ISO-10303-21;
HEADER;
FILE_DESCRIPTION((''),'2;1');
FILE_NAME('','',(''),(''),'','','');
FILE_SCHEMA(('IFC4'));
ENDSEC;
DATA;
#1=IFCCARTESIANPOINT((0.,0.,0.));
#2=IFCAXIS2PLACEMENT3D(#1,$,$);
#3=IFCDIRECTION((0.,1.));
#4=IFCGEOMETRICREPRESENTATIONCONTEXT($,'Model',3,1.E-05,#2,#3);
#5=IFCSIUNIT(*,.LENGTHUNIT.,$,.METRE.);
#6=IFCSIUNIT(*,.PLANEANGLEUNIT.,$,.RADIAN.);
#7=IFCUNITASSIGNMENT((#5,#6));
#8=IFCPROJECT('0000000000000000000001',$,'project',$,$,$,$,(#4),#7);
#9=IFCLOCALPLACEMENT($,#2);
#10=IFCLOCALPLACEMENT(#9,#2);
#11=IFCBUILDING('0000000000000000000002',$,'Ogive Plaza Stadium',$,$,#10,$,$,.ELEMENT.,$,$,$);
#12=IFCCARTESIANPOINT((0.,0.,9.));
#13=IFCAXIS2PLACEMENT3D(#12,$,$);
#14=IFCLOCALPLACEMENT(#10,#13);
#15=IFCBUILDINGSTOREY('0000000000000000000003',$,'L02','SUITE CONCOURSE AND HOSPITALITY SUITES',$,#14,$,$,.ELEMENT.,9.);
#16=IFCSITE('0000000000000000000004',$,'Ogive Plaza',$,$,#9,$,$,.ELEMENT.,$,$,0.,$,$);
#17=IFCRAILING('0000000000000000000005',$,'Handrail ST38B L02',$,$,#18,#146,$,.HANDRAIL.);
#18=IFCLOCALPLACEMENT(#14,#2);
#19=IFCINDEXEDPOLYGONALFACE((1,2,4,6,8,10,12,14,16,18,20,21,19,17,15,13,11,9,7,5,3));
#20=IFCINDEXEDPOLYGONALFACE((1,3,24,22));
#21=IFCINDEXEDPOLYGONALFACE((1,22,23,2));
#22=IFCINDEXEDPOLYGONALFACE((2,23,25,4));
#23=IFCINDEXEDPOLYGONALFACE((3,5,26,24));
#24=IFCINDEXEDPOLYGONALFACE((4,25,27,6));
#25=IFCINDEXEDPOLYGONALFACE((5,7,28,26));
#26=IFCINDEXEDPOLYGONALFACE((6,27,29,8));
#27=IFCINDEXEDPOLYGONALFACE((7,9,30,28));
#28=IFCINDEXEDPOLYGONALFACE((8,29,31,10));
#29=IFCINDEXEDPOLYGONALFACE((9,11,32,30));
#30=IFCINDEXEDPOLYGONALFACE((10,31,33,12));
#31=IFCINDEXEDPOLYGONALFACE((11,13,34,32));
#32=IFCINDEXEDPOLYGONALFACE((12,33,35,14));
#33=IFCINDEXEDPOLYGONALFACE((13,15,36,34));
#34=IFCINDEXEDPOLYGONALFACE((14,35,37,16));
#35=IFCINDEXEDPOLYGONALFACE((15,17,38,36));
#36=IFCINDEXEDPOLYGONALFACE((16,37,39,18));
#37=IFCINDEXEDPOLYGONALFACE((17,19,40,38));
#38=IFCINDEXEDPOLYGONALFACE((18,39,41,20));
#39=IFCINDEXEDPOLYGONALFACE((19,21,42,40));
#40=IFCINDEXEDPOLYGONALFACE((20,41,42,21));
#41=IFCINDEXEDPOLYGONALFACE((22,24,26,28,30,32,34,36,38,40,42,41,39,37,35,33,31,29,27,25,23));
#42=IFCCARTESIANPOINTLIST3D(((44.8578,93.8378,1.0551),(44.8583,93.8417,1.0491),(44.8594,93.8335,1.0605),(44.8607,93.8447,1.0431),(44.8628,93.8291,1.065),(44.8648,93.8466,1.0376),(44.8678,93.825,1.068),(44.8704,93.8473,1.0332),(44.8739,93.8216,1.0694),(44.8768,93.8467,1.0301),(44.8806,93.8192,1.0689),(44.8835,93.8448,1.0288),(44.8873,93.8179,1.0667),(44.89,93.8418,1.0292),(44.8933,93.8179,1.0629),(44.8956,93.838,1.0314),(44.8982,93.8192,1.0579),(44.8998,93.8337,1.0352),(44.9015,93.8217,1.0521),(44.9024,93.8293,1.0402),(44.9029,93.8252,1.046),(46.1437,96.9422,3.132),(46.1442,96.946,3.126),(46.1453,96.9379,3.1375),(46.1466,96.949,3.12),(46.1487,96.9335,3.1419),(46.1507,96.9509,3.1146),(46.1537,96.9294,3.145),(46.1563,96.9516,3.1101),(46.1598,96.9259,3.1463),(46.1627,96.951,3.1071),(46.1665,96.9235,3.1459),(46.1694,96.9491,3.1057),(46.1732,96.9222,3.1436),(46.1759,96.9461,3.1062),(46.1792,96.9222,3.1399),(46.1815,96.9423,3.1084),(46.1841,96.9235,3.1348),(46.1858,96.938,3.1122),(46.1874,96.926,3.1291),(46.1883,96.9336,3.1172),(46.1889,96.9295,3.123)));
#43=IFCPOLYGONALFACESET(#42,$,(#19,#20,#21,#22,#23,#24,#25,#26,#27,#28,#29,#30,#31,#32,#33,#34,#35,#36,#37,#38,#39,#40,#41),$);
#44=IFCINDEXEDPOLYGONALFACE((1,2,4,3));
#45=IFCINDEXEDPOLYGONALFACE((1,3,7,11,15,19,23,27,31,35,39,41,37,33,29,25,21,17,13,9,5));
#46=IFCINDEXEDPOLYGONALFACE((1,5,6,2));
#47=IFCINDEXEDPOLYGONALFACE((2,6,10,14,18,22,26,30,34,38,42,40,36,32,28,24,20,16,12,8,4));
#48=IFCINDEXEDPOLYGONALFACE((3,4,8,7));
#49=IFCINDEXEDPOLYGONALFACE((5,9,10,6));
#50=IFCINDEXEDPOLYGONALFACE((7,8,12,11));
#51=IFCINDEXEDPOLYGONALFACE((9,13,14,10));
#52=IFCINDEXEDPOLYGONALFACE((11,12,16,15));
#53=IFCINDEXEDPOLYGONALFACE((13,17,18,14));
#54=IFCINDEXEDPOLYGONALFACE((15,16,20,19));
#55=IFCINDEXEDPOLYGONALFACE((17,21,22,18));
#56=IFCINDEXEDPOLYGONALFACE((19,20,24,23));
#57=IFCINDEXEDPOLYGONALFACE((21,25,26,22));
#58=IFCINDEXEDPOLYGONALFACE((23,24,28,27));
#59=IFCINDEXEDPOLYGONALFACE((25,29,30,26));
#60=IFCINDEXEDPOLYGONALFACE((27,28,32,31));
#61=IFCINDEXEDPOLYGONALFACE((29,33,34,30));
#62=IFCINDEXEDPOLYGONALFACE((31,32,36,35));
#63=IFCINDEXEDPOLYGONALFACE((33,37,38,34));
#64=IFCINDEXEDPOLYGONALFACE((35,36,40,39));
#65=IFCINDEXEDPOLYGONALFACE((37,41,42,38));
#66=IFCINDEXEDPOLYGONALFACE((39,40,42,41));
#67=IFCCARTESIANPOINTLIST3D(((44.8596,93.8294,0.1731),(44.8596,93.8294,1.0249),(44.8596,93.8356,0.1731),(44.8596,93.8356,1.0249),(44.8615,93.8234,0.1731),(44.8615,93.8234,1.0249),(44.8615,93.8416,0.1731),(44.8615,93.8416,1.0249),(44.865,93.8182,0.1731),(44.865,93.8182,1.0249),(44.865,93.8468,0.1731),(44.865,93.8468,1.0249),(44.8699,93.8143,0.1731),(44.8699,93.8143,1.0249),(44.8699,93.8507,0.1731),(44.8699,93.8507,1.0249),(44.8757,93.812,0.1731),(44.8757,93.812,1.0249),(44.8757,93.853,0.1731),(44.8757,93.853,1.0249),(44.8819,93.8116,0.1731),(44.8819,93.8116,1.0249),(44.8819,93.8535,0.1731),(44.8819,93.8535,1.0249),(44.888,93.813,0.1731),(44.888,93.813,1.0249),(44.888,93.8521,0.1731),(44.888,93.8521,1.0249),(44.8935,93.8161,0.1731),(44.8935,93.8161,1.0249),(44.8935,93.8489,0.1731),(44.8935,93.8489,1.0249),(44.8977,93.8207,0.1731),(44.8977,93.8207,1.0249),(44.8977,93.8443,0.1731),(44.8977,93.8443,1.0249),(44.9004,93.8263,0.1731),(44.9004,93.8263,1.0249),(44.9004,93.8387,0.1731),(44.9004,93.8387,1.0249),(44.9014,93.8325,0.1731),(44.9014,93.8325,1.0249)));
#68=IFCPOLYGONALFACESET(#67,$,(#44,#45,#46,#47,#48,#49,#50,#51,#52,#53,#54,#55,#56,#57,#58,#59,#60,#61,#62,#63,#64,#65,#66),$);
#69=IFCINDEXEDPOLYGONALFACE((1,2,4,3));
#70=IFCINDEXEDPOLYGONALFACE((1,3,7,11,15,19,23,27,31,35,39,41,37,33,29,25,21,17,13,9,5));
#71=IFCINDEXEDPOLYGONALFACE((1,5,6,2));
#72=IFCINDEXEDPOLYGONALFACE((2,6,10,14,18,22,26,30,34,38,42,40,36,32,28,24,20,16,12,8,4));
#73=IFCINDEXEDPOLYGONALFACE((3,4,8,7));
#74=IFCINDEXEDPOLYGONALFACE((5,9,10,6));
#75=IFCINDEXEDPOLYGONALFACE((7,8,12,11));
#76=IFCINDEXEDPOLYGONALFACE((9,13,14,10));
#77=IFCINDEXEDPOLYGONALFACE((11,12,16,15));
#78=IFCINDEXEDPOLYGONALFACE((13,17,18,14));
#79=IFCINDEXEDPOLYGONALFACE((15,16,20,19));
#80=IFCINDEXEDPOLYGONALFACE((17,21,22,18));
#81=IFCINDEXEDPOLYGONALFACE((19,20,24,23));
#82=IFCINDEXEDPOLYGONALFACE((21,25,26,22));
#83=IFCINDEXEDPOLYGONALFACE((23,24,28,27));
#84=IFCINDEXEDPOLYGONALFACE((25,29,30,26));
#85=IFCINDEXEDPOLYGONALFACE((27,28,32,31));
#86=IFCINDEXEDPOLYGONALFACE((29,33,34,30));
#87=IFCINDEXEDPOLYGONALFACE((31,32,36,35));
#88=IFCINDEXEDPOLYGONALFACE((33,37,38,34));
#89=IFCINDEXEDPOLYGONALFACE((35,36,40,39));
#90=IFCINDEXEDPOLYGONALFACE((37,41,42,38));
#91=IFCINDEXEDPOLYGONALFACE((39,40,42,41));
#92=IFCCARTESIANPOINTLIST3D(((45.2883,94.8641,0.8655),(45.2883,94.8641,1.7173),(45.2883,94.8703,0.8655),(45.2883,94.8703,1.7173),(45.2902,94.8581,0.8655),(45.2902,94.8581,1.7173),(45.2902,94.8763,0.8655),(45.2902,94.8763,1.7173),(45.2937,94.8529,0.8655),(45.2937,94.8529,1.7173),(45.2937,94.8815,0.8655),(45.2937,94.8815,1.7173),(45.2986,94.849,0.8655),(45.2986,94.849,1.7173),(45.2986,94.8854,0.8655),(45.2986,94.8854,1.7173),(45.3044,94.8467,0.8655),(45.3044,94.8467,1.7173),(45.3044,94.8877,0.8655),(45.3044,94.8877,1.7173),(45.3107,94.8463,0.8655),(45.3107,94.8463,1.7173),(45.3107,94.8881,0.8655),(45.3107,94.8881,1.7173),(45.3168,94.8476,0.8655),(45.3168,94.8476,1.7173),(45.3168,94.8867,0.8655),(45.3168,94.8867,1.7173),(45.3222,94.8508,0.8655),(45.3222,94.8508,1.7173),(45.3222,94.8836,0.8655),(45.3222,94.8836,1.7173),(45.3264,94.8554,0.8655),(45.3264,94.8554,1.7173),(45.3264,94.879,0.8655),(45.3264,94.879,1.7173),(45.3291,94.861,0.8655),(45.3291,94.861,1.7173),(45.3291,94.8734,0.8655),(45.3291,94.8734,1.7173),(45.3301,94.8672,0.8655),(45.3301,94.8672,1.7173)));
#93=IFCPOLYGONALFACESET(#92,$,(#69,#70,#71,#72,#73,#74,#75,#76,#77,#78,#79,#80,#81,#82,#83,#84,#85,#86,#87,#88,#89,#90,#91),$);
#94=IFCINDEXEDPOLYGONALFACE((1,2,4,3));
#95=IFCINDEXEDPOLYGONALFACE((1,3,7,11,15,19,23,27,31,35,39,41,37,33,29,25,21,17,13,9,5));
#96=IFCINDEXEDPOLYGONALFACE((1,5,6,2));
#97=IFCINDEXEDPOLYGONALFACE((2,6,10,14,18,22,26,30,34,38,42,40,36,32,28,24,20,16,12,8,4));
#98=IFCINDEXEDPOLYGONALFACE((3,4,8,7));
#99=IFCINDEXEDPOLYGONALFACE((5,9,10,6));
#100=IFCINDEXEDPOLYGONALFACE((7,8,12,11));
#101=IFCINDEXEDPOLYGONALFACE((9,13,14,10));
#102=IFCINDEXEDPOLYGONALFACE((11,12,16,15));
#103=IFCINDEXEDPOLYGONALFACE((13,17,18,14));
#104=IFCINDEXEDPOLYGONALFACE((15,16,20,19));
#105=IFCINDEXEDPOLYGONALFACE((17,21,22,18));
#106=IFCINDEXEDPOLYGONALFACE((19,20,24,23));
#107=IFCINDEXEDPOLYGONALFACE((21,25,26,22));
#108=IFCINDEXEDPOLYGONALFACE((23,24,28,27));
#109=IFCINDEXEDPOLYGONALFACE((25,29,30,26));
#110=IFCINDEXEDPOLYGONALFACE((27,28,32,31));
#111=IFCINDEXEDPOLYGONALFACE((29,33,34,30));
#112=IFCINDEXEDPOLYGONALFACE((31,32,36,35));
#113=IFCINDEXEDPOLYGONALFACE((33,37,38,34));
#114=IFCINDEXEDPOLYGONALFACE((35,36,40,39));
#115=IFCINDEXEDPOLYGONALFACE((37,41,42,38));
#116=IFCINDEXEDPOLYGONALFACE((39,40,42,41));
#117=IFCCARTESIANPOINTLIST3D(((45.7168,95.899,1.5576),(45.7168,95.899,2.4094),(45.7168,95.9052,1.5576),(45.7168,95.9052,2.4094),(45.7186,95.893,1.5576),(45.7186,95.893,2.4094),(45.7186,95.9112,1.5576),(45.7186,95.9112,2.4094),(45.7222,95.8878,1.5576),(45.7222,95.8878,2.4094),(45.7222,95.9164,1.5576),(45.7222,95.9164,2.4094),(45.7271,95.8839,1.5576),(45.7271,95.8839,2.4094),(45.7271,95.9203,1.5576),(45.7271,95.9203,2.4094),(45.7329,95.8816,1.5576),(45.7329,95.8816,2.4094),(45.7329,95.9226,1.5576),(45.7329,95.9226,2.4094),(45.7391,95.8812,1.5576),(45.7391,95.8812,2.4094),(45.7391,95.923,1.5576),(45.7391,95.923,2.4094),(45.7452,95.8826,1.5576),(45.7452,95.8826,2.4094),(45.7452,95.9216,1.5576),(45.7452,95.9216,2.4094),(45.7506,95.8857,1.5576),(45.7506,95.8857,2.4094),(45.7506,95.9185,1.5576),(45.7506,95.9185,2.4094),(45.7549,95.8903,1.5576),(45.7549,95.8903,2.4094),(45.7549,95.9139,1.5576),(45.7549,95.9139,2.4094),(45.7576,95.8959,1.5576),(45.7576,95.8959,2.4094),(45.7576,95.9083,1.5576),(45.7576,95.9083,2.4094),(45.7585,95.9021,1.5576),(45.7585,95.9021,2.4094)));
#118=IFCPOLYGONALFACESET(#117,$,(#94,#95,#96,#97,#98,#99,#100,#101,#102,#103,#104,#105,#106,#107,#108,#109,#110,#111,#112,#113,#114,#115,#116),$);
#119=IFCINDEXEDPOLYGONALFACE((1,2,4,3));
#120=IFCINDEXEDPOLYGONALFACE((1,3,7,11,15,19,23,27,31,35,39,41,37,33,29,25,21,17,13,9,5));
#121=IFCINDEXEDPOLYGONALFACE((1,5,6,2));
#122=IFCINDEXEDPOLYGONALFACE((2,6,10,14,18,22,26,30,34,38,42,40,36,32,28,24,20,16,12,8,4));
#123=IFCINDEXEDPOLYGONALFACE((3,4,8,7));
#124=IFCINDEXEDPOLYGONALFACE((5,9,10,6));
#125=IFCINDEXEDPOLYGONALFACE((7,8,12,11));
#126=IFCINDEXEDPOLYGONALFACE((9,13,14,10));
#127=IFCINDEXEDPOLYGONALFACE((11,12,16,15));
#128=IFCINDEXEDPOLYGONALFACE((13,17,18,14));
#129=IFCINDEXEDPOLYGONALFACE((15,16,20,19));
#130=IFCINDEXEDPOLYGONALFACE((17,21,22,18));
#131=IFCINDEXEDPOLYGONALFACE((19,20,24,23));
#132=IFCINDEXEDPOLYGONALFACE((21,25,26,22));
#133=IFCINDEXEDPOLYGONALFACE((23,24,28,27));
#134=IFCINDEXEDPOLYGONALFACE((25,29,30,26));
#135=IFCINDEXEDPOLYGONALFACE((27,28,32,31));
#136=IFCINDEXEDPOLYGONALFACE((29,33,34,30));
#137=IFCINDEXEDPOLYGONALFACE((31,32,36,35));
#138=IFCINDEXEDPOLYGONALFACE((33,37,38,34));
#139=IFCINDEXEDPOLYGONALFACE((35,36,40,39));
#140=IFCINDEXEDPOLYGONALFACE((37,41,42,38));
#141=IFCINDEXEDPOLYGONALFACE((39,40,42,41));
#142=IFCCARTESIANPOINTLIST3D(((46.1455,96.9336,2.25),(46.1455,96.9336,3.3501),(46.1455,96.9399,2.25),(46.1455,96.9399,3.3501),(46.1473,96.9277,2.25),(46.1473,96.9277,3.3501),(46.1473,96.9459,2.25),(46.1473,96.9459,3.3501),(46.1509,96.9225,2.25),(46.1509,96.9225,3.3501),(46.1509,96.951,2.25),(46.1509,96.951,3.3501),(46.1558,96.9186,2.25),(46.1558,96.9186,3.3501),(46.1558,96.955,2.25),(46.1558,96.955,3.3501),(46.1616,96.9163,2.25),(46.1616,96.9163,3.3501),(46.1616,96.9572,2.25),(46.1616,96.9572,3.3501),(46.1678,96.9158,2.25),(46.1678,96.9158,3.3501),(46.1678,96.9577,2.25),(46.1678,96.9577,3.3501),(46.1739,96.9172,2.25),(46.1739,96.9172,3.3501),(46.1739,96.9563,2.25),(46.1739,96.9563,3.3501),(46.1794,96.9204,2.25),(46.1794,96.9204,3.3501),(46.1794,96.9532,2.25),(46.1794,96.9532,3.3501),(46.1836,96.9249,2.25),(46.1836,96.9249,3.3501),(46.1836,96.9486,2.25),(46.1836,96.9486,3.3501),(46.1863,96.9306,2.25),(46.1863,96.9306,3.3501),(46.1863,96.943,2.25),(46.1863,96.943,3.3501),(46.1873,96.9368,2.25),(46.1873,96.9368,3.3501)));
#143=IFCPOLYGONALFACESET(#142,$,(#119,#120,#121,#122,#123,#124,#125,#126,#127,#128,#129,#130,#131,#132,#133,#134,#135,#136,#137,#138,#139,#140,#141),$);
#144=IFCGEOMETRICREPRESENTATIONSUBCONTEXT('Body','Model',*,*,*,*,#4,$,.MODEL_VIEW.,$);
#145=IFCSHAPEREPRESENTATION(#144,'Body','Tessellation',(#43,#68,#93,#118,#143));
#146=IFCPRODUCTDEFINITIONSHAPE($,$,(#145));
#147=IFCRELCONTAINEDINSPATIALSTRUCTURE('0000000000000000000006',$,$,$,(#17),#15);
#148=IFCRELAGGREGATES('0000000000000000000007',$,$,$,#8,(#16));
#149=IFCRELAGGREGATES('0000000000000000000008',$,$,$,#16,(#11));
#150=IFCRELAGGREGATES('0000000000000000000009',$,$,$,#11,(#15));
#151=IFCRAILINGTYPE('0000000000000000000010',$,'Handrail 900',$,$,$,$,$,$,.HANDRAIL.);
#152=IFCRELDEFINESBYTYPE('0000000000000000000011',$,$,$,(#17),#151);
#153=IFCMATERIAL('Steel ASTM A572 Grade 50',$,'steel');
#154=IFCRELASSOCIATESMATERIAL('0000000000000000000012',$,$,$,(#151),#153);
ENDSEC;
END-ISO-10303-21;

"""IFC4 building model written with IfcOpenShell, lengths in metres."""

from ifc_helpers import new_model, si_unit, direction, frame, origin, origin_2d, place, context, subcontext, project, spatial, circle, extrude, material, type_object, element, save


model = new_model("IFC4")

# Units and contexts
model_context = context("Model", 3, precision=1e-05, world=origin(), true_north=direction((0.0, 1.0)))
body_context = subcontext(model_context, "Body", "Model", "MODEL_VIEW")
ifc_project = project(units=[si_unit("LENGTHUNIT", "METRE"), si_unit("PLANEANGLEUNIT", "RADIAN")], contexts=[model_context])

# Site, building, storey
site_placement = place(None, origin())
site = spatial("IfcSite", under=ifc_project, at=site_placement, Name="Ogive Plaza", CompositionType="ELEMENT", RefElevation=0.0)
building_placement = place(site_placement, origin())
building = spatial("IfcBuilding", under=site, at=building_placement, Name="Ogive Plaza Stadium", CompositionType="ELEMENT")
storey_placement = place(building_placement, frame((0.0, 0.0, 9.0)))
storey = spatial("IfcBuildingStorey", under=building, at=storey_placement, Name="L02", Description="SUITE CONCOURSE AND HOSPITALITY SUITES", CompositionType="ELEMENT", Elevation=9.0)

# Railing
ifc_material_1 = material(Name="Steel ASTM A572 Grade 50", Category="steel")
railing_type_1 = type_object("IfcRailingType", Name="Handrail 900", PredefinedType="HANDRAIL", material=ifc_material_1)
for number, where, name in (
    (1, (44.8804, 93.8325, 0.1731), "Handrail ST38B L02"),
):
    element("IfcRailing", number, at=place(storey_placement, frame(where)), inside=storey, type_object=railing_type_1, Name=name, PredefinedType="HANDRAIL", context=body_context, shape_type="SweptSolid", body=[
        extrude(circle(Radius=0.0239, at=origin_2d()), frame((0.0, 0.0, 0.876), z_axis=(0.325532, 0.785863, 0.525783), x_axis=(-0.923872, 0.3827, 0.0)), (0.0, 0.0, 1.0), 3.9502),
        extrude(circle(Radius=0.021, at=origin_2d()), origin(), (0.0, 0.0, 1.0), 0.8518),
        extrude(circle(Radius=0.021, at=origin_2d()), frame((0.4287, 1.0347, 0.6924)), (0.0, 0.0, 1.0), 0.8518),
        extrude(circle(Radius=0.021, at=origin_2d()), frame((0.8572, 2.0696, 1.3845)), (0.0, 0.0, 1.0), 0.8518),
        extrude(circle(Radius=0.021, at=origin_2d()), frame((1.2859, 3.1042, 2.0769)), (0.0, 0.0, 1.0), 1.1001),
    ])

save(model, "model.ifc")
